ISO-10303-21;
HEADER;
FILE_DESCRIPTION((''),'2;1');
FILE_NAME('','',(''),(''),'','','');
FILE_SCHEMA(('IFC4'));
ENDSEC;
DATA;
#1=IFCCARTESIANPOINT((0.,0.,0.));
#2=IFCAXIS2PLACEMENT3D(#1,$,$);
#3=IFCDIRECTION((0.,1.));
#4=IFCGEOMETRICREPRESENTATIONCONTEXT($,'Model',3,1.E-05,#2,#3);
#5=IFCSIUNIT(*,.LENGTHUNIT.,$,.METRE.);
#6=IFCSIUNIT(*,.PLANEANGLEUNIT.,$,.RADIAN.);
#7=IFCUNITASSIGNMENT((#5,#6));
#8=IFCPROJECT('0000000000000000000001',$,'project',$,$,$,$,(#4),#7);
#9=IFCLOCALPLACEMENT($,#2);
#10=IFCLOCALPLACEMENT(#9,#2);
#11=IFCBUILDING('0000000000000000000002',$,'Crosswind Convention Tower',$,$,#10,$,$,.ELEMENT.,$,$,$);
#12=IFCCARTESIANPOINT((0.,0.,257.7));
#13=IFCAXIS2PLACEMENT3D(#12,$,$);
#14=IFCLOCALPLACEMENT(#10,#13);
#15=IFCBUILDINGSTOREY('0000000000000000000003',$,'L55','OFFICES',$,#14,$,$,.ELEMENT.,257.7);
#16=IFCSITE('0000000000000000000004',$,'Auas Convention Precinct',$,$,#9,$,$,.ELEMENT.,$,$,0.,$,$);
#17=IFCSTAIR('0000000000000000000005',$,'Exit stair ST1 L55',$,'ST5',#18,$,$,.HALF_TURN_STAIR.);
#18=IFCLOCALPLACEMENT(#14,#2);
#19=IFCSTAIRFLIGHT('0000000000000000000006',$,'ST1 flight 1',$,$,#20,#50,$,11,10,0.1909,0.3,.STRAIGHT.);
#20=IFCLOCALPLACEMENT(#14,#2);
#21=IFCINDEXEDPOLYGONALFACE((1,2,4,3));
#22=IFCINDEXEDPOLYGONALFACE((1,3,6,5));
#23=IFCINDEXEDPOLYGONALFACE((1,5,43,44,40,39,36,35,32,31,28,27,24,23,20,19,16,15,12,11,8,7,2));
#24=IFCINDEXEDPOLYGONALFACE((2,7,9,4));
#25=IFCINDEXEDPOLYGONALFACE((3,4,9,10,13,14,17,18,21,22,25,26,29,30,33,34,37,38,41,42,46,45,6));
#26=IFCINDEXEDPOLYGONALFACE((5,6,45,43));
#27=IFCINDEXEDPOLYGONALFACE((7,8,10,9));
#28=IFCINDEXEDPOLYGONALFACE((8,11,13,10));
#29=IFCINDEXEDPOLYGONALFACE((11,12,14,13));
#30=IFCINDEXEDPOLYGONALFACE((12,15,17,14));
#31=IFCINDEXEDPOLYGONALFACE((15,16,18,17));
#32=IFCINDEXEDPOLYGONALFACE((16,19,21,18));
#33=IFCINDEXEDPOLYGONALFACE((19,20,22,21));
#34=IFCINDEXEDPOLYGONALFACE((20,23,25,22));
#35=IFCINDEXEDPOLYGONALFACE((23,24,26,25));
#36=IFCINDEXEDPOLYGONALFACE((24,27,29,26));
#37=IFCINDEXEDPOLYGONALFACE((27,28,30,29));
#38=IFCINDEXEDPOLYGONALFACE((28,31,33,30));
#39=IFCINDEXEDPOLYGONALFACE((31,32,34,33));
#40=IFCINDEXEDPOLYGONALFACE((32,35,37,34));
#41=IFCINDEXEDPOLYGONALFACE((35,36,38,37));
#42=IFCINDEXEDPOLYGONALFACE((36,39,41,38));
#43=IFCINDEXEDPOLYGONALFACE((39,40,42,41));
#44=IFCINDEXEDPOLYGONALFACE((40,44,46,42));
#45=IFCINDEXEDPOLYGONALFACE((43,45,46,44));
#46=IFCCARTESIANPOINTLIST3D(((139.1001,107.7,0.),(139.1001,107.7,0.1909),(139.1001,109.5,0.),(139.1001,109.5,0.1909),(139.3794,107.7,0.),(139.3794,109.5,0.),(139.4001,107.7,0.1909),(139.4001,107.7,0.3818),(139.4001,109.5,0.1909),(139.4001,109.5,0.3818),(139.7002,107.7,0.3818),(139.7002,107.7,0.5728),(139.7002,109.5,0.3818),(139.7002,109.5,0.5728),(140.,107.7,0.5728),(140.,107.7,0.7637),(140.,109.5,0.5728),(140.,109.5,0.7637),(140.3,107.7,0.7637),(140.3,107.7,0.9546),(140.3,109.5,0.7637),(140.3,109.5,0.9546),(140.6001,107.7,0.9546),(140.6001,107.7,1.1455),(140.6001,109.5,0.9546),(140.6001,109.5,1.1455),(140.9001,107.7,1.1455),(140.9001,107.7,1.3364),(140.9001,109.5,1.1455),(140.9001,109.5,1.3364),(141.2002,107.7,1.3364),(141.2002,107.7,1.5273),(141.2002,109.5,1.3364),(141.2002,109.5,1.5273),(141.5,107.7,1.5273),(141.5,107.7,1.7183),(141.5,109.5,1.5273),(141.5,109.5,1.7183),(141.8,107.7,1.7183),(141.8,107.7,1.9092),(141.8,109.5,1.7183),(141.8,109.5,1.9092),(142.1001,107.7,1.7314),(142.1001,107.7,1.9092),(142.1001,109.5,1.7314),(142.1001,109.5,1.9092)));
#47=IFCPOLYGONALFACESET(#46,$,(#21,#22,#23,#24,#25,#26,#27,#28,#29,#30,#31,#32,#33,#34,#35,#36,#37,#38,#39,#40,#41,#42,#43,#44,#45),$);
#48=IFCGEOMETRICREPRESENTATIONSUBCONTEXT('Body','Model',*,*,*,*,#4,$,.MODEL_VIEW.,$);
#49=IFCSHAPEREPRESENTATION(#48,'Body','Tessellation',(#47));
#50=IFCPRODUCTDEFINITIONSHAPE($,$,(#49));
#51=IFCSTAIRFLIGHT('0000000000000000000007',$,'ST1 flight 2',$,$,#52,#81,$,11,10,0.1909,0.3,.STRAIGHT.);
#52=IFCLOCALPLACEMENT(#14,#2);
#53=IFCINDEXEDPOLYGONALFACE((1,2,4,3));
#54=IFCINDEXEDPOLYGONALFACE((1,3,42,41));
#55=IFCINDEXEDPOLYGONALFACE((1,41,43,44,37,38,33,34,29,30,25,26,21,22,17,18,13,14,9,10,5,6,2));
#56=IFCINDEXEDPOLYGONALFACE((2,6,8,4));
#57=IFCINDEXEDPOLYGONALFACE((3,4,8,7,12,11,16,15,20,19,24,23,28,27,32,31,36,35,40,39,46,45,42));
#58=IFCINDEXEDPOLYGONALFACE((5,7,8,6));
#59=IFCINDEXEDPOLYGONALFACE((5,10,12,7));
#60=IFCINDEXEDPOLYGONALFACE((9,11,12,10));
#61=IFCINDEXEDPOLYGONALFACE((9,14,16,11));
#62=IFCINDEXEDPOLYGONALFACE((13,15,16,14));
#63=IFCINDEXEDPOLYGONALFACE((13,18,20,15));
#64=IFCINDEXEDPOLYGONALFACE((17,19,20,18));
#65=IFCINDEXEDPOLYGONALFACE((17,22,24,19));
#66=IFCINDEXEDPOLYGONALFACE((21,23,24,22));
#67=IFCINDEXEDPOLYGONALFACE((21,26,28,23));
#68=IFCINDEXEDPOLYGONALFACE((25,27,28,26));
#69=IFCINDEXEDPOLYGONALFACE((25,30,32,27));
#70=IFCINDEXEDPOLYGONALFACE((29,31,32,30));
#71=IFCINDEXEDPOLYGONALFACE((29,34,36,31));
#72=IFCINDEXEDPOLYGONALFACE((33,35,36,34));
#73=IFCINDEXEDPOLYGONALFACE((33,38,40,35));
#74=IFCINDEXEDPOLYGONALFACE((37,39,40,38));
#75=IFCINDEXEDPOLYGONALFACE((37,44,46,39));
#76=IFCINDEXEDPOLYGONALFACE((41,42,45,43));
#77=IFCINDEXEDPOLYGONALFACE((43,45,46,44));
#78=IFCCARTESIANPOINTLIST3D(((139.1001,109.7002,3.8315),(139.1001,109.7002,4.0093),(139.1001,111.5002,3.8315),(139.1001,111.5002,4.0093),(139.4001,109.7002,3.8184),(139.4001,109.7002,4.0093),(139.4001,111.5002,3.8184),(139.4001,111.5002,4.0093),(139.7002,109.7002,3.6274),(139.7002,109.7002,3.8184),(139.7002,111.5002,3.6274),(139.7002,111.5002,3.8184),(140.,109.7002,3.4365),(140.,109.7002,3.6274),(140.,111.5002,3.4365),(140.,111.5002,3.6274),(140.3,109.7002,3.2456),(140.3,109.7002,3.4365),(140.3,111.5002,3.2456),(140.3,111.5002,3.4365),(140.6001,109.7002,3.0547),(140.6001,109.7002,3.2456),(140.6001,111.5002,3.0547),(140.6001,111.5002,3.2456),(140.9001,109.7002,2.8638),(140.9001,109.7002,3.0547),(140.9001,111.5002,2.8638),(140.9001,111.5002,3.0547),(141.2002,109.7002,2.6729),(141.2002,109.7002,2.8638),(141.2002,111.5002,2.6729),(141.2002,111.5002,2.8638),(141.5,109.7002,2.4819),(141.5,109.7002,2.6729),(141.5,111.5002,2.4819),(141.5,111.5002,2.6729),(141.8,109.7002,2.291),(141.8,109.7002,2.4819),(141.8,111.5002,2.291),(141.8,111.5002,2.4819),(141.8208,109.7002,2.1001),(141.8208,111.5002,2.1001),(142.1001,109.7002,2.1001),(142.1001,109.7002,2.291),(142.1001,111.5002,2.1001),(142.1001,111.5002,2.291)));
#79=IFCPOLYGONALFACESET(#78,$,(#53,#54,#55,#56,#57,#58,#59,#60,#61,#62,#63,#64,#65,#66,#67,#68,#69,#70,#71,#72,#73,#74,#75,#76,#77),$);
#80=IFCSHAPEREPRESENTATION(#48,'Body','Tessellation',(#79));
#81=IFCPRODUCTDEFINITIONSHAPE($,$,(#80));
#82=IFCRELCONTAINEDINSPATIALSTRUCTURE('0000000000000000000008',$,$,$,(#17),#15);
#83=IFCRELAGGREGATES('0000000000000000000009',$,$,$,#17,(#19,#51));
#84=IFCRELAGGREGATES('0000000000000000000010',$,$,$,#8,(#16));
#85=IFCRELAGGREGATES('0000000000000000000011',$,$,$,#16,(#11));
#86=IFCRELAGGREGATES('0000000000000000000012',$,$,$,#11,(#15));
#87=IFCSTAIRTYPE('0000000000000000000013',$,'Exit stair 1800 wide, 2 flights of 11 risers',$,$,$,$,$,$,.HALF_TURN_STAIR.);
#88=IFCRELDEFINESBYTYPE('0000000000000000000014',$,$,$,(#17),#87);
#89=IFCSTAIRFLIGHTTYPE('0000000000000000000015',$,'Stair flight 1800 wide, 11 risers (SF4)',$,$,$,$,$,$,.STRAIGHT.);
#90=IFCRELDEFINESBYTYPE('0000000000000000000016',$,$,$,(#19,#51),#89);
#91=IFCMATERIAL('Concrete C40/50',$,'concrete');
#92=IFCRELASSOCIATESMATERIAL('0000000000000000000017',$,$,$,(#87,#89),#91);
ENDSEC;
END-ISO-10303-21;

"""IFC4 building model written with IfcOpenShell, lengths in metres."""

from ifc_helpers import new_model, si_unit, direction, frame, origin, place, context, subcontext, project, spatial, polyline, outline, extrude, material, type_object, element, aggregate, save


model = new_model("IFC4")

# Units and contexts
model_context = context("Model", 3, precision=1e-05, world=origin(), true_north=direction((0.0, 1.0)))
body_context = subcontext(model_context, "Body", "Model", "MODEL_VIEW")
ifc_project = project(units=[si_unit("LENGTHUNIT", "METRE"), si_unit("PLANEANGLEUNIT", "RADIAN")], contexts=[model_context])

# Site, building, storey
site_placement = place(None, origin())
site = spatial("IfcSite", under=ifc_project, at=site_placement, Name="Auas Convention Precinct", CompositionType="ELEMENT", RefElevation=0.0)
building_placement = place(site_placement, origin())
building = spatial("IfcBuilding", under=site, at=building_placement, Name="Crosswind Convention Tower", CompositionType="ELEMENT")
storey_placement = place(building_placement, frame((0.0, 0.0, 257.7)))
storey = spatial("IfcBuildingStorey", under=building, at=storey_placement, Name="L55", Description="OFFICES", CompositionType="ELEMENT", Elevation=257.7)

# Stair, stair flights
ifc_material_1 = material(Name="Concrete C40/50", Category="concrete")
stair_type = type_object("IfcStairType", Name="Exit stair 1800 wide, 2 flights of 11 risers", PredefinedType="HALF_TURN_STAIR", material=ifc_material_1)
stair_placement = place(storey_placement, origin())
stair = element("IfcStair", 1, at=stair_placement, inside=storey, type_object=stair_type, Name="Exit stair ST1 L55", ObjectType="ST5", PredefinedType="HALF_TURN_STAIR")
stair_flight_type = type_object("IfcStairFlightType", Name="Stair flight 1800 wide, 11 risers (SF4)", PredefinedType="STRAIGHT", material=ifc_material_1)
stair_flight_1_placement = place(storey_placement, frame((139.1001, 108.6001, 0.0), z_axis=(0.0, 0.0, 1.0), x_axis=(1.0, 0.0, 0.0)))
stair_flight_1 = element("IfcStairFlight", 2, at=stair_flight_1_placement, type_object=stair_flight_type, Name="ST1 flight 1", NumberOfRisers=11, NumberOfTreads=10, PredefinedType="STRAIGHT", RiserHeight=0.1909, TreadLength=0.3, context=body_context, shape_type="SweptSolid", body=[
    extrude(outline(polyline([(0.0, 0.0), (0.0, 0.1909), (0.3, 0.1909), (0.3, 0.3818), (0.6001, 0.3818), (0.6001, 0.5728), (0.8999, 0.5728), (0.8999, 0.7637), (1.2, 0.7637), (1.2, 0.9546), (1.5, 0.9546), (1.5, 1.1455), (1.8, 1.1455), (1.8, 1.3364), (2.1001, 1.3364), (2.1001, 1.5273), (2.3999, 1.5273), (2.3999, 1.7183), (2.7, 1.7183), (2.7, 1.9092), (3.0, 1.9092), (3.0, 2.1001), (3.0, 1.7314), (0.2793, 0.0), (0.0, 0.0)])), frame((0.0, 0.8999, 0.0), z_axis=(0.0, -1.0, 0.0), x_axis=(1.0, 0.0, 0.0)), (0.0, 0.0, 1.0), 1.8),
])
stair_flight_2_placement = place(storey_placement, frame((142.1001, 110.6001, 2.1001), z_axis=(0.0, 0.0, 1.0), x_axis=(-1.0, 0.0, 0.0)))
stair_flight_2 = element("IfcStairFlight", 3, at=stair_flight_2_placement, type_object=stair_flight_type, Name="ST1 flight 2", NumberOfRisers=11, NumberOfTreads=10, PredefinedType="STRAIGHT", RiserHeight=0.1909, TreadLength=0.3, context=body_context, shape_type="SweptSolid", body=[
    extrude(outline(polyline([(0.0, 0.0), (0.0, 0.1909), (0.3, 0.1909), (0.3, 0.3818), (0.6001, 0.3818), (0.6001, 0.5728), (0.8999, 0.5728), (0.8999, 0.7637), (1.2, 0.7637), (1.2, 0.9546), (1.5, 0.9546), (1.5, 1.1455), (1.8, 1.1455), (1.8, 1.3364), (2.1001, 1.3364), (2.1001, 1.5273), (2.3999, 1.5273), (2.3999, 1.7183), (2.7, 1.7183), (2.7, 1.9092), (3.0, 1.9092), (3.0, 2.1001), (3.0, 1.7314), (0.2793, 0.0), (0.0, 0.0)])), frame((0.0, 0.8999, 0.0), z_axis=(0.0, -1.0, 0.0), x_axis=(1.0, 0.0, 0.0)), (0.0, 0.0, 1.0), 1.8),
])
aggregate(stair, [stair_flight_1, stair_flight_2])

save(model, "model.ifc")
